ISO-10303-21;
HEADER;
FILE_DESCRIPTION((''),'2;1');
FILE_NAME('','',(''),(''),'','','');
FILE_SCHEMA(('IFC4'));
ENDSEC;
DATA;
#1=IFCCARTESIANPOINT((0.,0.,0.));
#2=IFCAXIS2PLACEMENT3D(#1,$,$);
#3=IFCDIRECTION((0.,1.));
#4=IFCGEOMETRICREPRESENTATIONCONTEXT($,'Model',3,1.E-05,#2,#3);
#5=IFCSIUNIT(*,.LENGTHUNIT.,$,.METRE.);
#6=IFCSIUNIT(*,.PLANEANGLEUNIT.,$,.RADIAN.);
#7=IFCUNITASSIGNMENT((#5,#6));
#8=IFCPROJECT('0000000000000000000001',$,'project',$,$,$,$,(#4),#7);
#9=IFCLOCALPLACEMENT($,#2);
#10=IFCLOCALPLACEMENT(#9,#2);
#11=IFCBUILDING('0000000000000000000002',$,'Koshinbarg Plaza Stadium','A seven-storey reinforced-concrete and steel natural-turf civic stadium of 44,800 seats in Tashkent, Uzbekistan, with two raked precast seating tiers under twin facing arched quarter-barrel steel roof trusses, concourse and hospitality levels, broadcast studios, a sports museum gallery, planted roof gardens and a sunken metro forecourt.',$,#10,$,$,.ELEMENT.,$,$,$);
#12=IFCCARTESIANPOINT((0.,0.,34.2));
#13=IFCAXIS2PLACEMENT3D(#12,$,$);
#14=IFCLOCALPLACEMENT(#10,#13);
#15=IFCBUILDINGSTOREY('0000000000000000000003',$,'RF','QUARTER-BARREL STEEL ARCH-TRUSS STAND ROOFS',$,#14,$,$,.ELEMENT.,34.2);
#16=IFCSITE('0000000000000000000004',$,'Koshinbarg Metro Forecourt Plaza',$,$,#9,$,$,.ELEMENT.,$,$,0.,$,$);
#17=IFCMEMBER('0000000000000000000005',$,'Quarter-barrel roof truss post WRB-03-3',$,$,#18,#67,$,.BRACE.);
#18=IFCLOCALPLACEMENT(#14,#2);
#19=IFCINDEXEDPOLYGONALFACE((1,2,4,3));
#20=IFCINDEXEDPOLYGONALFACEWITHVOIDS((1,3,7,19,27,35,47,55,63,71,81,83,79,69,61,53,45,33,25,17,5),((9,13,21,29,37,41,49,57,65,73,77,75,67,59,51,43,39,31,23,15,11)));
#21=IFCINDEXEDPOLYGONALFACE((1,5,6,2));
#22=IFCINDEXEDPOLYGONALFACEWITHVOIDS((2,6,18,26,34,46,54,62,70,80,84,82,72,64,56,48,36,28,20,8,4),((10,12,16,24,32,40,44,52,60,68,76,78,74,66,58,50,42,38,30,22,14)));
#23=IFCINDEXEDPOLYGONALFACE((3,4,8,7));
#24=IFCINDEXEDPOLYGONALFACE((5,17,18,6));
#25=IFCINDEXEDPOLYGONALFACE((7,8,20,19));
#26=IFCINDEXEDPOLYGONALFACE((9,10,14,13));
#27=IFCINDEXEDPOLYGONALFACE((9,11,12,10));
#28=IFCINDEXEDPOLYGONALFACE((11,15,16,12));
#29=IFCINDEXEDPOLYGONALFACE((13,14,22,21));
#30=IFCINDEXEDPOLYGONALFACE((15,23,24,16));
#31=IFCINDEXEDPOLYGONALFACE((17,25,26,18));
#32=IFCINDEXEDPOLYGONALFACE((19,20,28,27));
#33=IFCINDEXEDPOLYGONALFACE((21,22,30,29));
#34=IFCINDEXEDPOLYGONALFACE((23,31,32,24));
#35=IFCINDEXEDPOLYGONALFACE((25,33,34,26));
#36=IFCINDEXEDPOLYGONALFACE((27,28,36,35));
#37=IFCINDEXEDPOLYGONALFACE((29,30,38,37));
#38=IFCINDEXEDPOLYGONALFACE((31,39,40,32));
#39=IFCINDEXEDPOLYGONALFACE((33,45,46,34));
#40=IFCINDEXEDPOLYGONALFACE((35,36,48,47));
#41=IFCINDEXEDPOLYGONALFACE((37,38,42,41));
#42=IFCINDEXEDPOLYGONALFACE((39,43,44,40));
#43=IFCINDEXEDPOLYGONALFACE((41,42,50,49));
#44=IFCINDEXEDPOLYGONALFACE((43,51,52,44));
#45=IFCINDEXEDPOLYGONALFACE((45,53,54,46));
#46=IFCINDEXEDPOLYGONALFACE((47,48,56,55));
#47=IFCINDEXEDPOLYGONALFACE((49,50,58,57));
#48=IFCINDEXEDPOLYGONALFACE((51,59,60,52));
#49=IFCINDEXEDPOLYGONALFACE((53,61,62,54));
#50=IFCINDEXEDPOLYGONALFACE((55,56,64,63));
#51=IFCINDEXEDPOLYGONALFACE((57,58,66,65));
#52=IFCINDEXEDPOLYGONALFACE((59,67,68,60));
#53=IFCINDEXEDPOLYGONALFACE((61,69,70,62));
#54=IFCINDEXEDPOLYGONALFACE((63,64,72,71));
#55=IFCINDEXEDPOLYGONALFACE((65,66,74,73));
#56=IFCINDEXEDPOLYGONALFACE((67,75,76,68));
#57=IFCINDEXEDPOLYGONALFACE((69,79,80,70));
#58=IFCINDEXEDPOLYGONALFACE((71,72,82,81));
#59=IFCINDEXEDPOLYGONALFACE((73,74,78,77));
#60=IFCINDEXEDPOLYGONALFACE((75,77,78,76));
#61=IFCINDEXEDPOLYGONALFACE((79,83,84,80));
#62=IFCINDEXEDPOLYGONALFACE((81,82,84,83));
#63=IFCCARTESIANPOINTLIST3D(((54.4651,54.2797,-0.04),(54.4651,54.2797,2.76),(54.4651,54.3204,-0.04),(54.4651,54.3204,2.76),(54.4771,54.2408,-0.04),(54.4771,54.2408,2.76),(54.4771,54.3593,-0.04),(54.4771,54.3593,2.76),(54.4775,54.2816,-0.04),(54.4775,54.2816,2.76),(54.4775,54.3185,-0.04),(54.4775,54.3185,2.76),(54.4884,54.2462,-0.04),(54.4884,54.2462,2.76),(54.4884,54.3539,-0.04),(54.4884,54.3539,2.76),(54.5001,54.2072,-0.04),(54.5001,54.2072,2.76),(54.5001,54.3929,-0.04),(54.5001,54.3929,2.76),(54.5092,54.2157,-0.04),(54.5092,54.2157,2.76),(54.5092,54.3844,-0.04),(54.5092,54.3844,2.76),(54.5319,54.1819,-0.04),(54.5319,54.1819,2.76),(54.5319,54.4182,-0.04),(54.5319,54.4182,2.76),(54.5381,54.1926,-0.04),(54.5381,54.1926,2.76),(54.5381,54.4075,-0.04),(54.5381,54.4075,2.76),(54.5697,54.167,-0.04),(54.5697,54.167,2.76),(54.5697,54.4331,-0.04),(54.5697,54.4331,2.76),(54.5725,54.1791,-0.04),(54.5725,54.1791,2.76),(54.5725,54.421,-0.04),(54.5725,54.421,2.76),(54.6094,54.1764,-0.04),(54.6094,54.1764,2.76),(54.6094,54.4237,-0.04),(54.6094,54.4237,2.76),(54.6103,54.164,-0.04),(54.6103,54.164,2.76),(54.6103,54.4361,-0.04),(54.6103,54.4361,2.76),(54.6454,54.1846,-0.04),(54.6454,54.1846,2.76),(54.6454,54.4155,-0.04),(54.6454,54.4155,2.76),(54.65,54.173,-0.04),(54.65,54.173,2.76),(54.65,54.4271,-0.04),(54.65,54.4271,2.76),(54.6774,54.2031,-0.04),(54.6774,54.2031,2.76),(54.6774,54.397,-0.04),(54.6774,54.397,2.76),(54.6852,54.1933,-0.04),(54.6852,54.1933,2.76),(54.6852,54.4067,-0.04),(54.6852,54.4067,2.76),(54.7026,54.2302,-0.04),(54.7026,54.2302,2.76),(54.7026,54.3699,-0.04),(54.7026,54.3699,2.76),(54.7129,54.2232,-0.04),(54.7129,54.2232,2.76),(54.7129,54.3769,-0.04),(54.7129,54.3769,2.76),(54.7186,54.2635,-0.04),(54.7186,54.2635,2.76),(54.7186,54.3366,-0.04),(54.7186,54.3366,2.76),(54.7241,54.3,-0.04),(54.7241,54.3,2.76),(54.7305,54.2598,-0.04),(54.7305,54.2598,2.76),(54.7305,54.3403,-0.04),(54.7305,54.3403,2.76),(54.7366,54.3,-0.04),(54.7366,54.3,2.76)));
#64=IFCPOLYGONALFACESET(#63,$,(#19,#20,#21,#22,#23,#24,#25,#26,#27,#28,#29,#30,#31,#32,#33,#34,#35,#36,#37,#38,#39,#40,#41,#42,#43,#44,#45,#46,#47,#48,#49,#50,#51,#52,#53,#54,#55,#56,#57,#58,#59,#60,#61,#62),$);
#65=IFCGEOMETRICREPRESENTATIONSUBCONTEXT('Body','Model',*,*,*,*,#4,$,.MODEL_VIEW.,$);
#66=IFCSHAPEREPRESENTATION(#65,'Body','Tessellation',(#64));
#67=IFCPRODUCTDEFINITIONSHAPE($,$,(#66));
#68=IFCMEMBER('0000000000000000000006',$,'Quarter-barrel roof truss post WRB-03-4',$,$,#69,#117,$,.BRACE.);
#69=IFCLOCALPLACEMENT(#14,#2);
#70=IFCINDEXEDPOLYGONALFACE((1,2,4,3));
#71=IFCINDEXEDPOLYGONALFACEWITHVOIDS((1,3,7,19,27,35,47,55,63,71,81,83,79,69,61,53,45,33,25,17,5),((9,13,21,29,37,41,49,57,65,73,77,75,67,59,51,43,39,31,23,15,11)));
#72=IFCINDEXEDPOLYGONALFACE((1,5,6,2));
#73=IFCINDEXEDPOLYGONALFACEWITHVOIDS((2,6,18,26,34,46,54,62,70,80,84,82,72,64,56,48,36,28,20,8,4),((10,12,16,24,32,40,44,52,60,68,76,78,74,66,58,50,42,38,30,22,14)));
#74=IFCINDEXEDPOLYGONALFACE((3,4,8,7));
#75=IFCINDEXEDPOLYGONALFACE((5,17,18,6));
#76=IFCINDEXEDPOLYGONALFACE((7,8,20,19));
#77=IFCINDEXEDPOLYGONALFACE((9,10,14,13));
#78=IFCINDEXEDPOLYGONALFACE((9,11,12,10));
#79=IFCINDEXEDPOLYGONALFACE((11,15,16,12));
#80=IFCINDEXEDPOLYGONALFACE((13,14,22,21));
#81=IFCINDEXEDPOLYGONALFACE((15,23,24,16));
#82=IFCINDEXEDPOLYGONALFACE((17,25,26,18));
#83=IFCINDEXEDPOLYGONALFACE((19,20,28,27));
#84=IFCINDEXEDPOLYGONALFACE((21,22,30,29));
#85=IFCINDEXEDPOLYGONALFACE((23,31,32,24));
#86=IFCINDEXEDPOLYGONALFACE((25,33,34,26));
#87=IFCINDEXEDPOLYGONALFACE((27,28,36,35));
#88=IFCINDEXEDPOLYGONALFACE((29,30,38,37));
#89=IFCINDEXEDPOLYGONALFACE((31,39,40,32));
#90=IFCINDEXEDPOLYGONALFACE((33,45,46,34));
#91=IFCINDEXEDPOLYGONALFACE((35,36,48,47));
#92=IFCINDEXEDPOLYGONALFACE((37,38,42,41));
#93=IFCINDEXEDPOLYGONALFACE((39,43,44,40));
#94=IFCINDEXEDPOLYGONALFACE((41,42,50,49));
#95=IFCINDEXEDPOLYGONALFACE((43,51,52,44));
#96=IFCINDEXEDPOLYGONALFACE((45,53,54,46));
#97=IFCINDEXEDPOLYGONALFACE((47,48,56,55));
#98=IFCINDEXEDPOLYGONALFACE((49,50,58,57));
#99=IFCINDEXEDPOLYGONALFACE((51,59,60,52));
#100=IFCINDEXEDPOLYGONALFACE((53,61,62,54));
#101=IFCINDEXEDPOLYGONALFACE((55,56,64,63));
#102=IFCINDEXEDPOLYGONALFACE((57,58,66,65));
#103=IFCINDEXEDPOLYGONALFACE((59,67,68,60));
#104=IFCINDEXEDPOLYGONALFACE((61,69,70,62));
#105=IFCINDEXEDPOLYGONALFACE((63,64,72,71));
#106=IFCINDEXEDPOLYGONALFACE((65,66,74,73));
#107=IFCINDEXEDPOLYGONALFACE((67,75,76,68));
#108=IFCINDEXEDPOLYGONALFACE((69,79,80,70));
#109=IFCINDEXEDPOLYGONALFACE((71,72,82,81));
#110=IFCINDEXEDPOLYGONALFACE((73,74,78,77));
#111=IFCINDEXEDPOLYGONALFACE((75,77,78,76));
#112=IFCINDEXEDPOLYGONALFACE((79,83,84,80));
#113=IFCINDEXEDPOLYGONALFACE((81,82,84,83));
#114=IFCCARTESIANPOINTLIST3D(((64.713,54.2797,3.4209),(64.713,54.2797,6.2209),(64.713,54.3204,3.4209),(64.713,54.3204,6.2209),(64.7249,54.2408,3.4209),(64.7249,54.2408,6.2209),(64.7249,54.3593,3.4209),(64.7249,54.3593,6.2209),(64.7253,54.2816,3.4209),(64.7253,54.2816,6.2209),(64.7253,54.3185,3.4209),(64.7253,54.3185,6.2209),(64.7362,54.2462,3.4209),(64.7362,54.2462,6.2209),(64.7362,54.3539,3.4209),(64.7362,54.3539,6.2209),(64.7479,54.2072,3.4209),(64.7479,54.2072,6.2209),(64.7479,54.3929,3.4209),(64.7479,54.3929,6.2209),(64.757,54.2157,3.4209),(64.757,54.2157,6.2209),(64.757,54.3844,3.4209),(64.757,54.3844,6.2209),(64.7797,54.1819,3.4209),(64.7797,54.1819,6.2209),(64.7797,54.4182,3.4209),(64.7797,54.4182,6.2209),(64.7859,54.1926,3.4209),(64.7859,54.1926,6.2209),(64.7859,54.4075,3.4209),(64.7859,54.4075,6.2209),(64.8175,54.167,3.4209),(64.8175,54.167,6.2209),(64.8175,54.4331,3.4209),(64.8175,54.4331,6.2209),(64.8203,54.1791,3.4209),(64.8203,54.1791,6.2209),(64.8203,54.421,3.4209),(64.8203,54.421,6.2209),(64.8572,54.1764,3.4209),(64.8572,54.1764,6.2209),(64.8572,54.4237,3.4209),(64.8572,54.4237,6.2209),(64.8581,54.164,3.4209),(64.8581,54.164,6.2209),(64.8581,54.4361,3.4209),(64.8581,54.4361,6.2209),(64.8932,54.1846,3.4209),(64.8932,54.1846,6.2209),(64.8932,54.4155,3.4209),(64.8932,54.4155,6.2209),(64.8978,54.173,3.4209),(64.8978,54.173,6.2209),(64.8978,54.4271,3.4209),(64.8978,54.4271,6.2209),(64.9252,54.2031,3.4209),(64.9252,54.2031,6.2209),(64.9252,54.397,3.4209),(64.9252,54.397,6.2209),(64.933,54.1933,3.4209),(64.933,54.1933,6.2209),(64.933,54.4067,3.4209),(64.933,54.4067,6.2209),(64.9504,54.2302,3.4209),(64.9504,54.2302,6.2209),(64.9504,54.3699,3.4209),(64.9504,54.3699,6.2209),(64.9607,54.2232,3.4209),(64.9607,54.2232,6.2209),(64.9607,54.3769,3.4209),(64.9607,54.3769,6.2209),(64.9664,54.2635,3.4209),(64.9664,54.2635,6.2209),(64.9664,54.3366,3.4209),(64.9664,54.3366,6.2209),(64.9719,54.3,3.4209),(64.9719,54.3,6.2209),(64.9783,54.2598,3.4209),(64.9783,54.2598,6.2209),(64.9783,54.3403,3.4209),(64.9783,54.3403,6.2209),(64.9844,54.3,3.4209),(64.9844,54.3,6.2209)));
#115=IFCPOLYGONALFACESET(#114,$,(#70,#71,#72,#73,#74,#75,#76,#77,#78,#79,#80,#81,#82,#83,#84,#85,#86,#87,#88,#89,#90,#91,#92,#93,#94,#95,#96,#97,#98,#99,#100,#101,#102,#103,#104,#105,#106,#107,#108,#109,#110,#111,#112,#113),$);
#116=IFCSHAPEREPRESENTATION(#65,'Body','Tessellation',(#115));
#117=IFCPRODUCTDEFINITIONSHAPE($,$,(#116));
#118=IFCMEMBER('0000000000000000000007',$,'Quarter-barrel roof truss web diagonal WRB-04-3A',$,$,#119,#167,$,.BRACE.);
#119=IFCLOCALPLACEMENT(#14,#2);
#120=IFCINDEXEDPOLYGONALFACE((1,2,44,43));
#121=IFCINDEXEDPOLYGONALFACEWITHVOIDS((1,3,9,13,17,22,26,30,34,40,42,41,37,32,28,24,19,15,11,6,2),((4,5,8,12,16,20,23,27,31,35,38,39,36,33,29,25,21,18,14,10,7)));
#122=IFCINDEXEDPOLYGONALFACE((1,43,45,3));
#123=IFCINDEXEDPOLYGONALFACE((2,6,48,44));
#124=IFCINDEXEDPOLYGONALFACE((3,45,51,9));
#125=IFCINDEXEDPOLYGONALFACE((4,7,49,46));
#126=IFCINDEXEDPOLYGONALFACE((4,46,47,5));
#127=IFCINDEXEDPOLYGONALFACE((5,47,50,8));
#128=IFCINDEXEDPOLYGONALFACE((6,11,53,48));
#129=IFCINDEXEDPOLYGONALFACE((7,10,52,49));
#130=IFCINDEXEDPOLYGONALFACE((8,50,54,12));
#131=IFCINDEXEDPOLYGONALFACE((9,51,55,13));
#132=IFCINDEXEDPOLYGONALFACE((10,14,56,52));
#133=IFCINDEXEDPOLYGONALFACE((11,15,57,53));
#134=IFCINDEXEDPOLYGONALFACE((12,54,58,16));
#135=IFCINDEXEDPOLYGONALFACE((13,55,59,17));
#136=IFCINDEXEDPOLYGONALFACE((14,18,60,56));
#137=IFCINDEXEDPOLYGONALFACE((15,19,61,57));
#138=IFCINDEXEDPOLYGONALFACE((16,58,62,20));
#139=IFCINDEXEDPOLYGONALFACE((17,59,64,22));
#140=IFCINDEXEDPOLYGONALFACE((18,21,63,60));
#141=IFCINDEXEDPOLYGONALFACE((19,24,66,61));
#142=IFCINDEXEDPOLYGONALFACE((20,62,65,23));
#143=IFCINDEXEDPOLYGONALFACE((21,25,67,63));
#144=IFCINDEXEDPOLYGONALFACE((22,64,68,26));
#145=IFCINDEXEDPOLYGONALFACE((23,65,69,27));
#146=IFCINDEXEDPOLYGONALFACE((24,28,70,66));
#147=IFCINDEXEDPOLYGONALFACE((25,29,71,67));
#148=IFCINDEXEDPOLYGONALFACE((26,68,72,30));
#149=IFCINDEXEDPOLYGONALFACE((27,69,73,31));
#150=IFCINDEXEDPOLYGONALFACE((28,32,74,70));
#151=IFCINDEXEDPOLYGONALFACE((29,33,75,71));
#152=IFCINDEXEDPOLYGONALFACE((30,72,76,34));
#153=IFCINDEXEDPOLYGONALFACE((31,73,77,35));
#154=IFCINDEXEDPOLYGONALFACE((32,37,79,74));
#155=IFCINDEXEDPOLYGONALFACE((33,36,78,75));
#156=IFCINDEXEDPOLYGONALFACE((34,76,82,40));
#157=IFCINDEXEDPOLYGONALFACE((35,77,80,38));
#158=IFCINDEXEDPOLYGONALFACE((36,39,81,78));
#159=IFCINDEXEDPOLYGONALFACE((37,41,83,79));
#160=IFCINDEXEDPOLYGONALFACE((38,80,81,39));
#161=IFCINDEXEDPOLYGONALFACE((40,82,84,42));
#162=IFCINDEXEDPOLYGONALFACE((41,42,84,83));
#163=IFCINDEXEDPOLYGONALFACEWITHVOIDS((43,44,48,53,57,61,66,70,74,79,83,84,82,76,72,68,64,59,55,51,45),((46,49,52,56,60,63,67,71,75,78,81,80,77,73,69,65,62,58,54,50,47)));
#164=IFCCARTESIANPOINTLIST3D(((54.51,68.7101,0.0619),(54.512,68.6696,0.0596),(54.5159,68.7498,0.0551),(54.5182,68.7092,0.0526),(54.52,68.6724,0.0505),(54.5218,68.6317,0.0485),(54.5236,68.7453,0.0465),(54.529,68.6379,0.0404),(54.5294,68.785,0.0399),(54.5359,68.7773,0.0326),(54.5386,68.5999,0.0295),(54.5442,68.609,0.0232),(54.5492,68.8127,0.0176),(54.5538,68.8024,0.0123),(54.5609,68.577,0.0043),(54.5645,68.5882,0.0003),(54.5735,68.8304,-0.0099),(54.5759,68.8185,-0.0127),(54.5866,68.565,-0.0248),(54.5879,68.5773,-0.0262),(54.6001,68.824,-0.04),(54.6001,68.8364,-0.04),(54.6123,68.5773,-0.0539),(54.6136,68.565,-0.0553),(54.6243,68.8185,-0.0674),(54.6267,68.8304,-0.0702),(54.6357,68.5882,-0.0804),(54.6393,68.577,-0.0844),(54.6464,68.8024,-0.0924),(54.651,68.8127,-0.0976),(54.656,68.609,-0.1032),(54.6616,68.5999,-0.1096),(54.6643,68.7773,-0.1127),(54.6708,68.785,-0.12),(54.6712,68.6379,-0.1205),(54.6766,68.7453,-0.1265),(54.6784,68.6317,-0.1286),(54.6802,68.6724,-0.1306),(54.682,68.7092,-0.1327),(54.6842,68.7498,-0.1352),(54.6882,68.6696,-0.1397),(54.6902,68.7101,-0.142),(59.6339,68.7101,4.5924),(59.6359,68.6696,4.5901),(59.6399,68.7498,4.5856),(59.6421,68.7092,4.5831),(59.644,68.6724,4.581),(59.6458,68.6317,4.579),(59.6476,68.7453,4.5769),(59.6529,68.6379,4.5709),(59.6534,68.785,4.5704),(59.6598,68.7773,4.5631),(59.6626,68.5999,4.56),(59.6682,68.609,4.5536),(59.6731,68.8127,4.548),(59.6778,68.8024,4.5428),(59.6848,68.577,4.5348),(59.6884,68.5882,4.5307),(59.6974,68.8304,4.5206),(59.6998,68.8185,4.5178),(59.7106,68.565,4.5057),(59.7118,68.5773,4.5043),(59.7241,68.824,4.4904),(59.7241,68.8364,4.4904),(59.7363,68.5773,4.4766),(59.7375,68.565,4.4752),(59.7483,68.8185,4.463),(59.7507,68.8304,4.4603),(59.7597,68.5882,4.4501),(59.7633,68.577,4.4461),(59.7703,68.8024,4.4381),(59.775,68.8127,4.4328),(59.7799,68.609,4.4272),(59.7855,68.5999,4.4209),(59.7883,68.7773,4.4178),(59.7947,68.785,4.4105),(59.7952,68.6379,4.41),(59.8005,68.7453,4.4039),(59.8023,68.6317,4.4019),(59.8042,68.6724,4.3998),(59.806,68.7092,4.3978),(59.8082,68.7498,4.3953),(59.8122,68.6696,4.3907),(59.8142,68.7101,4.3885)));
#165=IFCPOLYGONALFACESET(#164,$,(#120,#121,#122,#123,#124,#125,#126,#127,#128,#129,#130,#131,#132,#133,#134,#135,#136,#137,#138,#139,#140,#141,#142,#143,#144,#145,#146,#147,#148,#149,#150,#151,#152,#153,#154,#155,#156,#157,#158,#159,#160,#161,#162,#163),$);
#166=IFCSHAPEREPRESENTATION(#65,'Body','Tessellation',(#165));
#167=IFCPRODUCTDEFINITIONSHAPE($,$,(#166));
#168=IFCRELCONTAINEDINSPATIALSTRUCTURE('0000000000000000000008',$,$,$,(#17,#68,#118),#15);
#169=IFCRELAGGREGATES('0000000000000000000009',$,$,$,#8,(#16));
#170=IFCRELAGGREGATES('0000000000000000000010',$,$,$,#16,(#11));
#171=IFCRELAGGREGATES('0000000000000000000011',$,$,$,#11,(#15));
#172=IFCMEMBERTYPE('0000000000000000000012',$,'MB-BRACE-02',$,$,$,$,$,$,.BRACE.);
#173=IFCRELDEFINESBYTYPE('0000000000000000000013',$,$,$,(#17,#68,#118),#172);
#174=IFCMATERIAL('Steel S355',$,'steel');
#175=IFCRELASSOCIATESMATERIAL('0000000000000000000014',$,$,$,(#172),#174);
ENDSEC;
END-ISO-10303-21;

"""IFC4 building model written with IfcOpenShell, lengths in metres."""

from ifc_helpers import new_model, si_unit, direction, frame, origin, origin_2d, place, context, subcontext, project, spatial, hollow_circle, extrude, material, material_profile, profile_set, type_object, element, save


model = new_model("IFC4")

# Units and contexts
model_context = context("Model", 3, precision=1e-05, world=origin(), true_north=direction((0.0, 1.0)))
body_context = subcontext(model_context, "Body", "Model", "MODEL_VIEW")
ifc_project = project(units=[si_unit("LENGTHUNIT", "METRE"), si_unit("PLANEANGLEUNIT", "RADIAN")], contexts=[model_context])

# Site, building, storey
site_placement = place(None, origin())
site = spatial("IfcSite", under=ifc_project, at=site_placement, Name="Koshinbarg Metro Forecourt Plaza", CompositionType="ELEMENT", RefElevation=0.0)
building_placement = place(site_placement, origin())
building = spatial("IfcBuilding", under=site, at=building_placement, Name="Koshinbarg Plaza Stadium", Description="A seven-storey reinforced-concrete and steel natural-turf civic stadium of 44,800 seats in Tashkent, Uzbekistan, with two raked precast seating tiers under twin facing arched quarter-barrel steel roof trusses, concourse and hospitality levels, broadcast studios, a sports museum gallery, planted roof gardens and a sunken metro forecourt.", CompositionType="ELEMENT")
storey_placement = place(building_placement, frame((0.0, 0.0, 34.2)))
storey = spatial("IfcBuildingStorey", under=building, at=storey_placement, Name="RF", Description="QUARTER-BARREL STEEL ARCH-TRUSS STAND ROOFS", CompositionType="ELEMENT", Elevation=34.2)

# Members
ifc_material_1 = material(Name="Steel S355", Category="steel")
ifc_material_profile_1 = material_profile(ifc_material_1, hollow_circle(Radius=0.1365, WallThickness=0.0125, at=origin_2d()), Name="CHS 273x12.5")
ifc_profile_set_1 = profile_set([ifc_material_profile_1], Name="Steel S355")
member_type_1 = type_object("IfcMemberType", Name="MB-BRACE-02", PredefinedType="BRACE", material=ifc_profile_set_1)
for number, where, z_axis, x_axis, name in (
    (1, (54.6001, 54.3, -0.04), (0.0, 0.0, 1.0), (1.0, 0.0, 0.0), "Quarter-barrel roof truss post WRB-03-3"),
    (2, (64.8479, 54.3, 3.4209), (0.0, 0.0, 1.0), (1.0, 0.0, 0.0), "Quarter-barrel roof truss post WRB-03-4"),
):
    element("IfcMember", number, at=place(storey_placement, frame(where, z_axis=z_axis, x_axis=x_axis)), inside=storey, type_object=member_type_1, Name=name, PredefinedType="BRACE", context=body_context, shape_type="SweptSolid", body=[
        extrude(hollow_circle(Radius=0.1365, WallThickness=0.0125, at=origin_2d()), origin(), (0.0, 0.0, 1.0), 2.8),
    ])
member_1_placement = place(storey_placement, frame((54.6001, 68.7, -0.04), z_axis=(0.749161, 0.0, 0.662387), x_axis=(0.0, 1.0, 0.0)))
element("IfcMember", 3, at=member_1_placement, inside=storey, type_object=member_type_1, Name="Quarter-barrel roof truss web diagonal WRB-04-3A", PredefinedType="BRACE", context=body_context, shape_type="SweptSolid", body=[
    extrude(hollow_circle(Radius=0.1365, WallThickness=0.0125, at=origin_2d()), origin(), (0.0, 0.0, 1.0), 6.8396),
])

save(model, "model.ifc")
